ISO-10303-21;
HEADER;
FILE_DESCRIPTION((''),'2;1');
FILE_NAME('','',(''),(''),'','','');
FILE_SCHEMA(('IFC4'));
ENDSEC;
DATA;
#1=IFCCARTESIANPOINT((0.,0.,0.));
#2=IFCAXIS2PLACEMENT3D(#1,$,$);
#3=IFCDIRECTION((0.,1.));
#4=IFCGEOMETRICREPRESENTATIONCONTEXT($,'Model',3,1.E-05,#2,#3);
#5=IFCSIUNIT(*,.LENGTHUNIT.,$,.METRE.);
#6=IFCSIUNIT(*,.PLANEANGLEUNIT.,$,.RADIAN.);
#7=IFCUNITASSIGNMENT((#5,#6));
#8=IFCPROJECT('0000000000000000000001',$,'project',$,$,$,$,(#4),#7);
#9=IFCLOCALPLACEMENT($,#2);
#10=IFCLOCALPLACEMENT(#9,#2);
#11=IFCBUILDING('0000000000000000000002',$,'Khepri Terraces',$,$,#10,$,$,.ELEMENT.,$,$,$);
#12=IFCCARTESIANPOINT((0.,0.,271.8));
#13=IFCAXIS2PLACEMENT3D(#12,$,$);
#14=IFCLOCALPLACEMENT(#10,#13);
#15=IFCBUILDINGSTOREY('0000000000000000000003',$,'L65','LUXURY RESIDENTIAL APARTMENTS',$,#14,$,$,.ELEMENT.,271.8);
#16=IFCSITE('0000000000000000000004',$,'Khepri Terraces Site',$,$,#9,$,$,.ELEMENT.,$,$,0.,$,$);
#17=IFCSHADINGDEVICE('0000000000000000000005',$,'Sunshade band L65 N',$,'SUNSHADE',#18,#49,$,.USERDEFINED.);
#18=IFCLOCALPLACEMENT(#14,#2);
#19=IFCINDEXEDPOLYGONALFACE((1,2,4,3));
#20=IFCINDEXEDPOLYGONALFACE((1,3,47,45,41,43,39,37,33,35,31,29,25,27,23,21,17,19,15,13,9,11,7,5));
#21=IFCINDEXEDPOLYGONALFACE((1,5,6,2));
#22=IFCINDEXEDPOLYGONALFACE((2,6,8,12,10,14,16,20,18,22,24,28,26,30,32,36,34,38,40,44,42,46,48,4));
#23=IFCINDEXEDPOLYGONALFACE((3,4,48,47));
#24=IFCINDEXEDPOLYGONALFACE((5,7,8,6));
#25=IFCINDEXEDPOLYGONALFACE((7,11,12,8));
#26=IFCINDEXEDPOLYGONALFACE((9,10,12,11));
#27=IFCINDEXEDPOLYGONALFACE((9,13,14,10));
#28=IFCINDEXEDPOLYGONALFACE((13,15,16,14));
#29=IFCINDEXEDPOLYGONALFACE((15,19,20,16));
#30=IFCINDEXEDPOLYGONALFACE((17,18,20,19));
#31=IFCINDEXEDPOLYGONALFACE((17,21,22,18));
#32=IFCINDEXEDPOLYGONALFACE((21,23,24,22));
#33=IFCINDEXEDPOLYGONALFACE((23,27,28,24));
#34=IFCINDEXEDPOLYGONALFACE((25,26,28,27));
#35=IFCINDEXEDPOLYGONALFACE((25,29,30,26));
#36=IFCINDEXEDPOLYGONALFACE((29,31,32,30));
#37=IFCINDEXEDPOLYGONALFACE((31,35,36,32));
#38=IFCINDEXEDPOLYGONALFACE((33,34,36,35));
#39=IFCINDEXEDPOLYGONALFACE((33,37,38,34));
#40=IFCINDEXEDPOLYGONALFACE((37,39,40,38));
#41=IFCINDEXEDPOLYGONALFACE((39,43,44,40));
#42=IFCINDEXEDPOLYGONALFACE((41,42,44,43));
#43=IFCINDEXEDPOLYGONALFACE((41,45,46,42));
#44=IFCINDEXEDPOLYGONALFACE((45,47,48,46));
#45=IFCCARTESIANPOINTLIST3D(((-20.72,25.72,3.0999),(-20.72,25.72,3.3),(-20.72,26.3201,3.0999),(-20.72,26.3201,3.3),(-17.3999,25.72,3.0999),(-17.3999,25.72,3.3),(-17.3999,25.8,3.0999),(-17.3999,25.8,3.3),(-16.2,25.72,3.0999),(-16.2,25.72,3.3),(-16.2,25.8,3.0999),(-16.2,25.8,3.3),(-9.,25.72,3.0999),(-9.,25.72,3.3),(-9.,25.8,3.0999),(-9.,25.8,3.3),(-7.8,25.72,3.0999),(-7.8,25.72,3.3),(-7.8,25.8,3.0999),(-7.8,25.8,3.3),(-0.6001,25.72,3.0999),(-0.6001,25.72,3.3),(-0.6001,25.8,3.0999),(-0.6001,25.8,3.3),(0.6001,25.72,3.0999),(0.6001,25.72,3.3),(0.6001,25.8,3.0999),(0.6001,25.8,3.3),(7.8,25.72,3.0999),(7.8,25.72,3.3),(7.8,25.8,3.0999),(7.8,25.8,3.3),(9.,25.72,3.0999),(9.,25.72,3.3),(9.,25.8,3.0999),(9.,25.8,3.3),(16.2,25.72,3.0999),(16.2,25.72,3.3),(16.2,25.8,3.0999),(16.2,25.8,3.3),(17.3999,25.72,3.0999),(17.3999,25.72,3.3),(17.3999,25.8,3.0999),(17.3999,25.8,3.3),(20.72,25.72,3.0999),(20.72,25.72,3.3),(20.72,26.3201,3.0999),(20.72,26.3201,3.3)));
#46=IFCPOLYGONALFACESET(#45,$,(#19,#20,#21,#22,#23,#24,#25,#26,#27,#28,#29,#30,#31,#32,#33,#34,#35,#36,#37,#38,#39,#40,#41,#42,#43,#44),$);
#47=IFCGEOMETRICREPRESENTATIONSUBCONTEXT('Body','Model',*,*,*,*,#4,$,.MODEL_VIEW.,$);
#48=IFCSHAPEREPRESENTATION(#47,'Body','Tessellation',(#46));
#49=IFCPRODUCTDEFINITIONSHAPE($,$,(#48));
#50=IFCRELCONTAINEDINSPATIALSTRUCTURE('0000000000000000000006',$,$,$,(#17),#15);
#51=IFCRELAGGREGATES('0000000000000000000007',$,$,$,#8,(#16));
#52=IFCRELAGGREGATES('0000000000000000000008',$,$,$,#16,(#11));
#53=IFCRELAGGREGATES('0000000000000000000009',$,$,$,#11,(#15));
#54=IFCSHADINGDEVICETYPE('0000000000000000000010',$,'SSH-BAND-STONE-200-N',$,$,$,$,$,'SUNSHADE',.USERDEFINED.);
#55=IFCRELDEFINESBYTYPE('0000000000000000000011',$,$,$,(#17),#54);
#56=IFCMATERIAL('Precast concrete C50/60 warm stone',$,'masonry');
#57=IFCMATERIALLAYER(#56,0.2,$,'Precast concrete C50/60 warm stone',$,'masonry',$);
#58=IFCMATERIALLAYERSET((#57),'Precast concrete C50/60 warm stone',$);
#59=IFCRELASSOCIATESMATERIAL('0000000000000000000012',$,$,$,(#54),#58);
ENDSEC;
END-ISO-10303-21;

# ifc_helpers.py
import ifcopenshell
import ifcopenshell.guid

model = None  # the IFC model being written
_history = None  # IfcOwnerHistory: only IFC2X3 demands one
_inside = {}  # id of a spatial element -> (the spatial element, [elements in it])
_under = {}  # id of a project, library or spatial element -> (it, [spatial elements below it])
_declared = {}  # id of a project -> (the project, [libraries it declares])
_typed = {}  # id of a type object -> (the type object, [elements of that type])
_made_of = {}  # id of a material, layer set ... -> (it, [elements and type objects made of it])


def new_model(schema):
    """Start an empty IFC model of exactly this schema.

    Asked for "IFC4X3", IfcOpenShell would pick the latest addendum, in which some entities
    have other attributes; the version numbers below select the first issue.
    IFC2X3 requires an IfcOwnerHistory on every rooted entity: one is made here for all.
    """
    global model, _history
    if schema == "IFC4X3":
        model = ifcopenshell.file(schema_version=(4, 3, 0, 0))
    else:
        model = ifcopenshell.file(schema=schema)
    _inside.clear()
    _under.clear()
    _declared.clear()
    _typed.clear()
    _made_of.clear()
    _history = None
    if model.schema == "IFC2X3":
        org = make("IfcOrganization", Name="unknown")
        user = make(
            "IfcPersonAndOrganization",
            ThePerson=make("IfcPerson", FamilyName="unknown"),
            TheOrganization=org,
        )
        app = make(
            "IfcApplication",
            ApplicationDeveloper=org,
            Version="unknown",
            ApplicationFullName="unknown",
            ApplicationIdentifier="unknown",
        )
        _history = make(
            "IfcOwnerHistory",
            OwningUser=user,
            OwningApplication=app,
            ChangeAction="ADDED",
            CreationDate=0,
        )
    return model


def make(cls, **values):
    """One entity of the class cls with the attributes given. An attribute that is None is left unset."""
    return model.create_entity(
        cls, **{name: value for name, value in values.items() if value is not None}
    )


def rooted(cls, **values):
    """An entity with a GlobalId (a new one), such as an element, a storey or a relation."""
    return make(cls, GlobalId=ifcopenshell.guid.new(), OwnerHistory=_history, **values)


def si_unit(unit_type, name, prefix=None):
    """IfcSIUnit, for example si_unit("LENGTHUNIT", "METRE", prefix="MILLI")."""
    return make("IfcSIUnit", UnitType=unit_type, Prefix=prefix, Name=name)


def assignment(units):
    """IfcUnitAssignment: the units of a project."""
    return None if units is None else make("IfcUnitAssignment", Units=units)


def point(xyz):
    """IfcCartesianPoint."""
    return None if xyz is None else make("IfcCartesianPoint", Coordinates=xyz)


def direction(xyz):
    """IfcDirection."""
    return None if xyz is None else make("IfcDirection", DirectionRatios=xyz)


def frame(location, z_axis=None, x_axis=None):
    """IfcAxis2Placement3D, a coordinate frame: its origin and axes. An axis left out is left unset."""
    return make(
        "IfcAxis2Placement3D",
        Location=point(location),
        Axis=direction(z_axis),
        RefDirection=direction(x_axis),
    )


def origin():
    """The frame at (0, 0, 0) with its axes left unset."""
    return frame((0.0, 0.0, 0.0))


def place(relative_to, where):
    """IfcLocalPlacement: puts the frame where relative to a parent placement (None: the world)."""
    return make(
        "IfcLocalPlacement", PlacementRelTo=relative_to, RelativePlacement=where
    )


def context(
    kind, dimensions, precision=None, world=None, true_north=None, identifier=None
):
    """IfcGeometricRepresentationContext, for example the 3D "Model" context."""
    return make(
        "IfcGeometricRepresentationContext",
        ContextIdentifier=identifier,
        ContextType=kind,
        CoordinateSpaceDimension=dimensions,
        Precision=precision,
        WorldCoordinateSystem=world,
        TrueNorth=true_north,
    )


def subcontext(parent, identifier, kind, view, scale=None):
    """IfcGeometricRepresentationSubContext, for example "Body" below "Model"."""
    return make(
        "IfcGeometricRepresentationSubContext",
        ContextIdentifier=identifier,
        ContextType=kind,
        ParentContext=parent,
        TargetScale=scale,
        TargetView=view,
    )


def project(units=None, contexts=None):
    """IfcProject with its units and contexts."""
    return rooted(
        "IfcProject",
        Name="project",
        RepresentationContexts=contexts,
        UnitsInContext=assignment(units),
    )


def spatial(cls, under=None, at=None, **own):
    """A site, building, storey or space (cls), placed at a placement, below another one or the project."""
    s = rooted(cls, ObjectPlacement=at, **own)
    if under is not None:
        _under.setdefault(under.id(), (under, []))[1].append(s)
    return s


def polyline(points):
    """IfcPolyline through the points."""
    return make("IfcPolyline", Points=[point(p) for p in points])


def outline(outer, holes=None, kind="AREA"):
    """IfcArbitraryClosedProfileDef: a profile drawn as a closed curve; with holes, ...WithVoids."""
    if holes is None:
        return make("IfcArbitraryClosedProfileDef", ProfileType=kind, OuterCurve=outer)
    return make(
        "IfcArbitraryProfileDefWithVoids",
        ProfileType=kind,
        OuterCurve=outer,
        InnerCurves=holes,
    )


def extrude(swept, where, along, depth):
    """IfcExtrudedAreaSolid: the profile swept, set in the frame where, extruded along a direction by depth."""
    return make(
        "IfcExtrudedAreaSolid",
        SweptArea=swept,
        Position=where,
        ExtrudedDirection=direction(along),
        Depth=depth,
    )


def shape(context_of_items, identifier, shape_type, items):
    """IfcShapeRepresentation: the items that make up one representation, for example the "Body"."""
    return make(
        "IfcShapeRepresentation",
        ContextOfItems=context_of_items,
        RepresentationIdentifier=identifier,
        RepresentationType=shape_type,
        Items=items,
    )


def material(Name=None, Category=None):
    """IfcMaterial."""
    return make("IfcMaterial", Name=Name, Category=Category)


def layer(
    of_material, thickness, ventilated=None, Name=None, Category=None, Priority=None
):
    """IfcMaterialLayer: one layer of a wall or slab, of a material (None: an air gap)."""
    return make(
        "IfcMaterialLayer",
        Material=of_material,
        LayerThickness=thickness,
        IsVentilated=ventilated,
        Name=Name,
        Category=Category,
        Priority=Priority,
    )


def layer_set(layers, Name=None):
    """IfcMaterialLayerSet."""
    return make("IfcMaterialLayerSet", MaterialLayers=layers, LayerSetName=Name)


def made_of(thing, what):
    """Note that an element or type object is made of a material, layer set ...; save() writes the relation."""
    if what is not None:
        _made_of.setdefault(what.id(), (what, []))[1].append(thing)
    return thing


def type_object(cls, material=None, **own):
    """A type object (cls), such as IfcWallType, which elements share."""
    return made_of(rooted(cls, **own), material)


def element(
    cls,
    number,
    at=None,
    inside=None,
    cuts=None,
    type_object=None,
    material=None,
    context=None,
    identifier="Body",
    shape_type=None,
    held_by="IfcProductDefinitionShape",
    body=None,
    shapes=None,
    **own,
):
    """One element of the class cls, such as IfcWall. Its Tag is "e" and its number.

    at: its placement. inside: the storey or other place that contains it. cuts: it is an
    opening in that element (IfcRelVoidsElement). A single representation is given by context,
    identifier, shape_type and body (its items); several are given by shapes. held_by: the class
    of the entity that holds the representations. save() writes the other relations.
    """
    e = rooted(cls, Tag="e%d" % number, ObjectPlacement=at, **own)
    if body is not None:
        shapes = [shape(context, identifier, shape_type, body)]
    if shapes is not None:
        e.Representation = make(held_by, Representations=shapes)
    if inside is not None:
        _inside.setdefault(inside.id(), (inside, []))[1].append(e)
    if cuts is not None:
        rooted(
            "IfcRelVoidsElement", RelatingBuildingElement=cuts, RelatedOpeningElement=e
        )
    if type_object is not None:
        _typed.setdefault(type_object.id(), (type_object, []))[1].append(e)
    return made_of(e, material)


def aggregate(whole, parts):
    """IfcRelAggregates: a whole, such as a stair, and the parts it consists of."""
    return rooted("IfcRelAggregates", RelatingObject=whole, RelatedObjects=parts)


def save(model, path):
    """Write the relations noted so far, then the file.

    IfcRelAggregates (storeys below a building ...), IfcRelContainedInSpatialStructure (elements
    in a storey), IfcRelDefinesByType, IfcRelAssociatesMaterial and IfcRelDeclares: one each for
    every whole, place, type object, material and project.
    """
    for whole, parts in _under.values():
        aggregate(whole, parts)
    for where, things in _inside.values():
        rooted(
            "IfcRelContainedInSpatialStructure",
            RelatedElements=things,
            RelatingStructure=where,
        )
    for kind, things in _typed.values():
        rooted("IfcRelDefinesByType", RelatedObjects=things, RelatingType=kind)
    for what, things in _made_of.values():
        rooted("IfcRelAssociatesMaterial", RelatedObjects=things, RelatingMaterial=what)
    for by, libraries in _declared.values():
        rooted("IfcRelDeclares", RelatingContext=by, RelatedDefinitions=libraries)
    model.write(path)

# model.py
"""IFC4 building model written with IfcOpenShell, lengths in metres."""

from ifc_helpers import new_model, si_unit, direction, frame, origin, place, context, subcontext, project, spatial, polyline, outline, extrude, material, layer, layer_set, type_object, element, save


model = new_model("IFC4")

# Units and contexts
model_context = context("Model", 3, precision=1e-05, world=origin(), true_north=direction((0.0, 1.0)))
body_context = subcontext(model_context, "Body", "Model", "MODEL_VIEW")
ifc_project = project(units=[si_unit("LENGTHUNIT", "METRE"), si_unit("PLANEANGLEUNIT", "RADIAN")], contexts=[model_context])

# Site, building, storey
site_placement = place(None, origin())
site = spatial("IfcSite", under=ifc_project, at=site_placement, Name="Khepri Terraces Site", CompositionType="ELEMENT", RefElevation=0.0)
building_placement = place(site_placement, origin())
building = spatial("IfcBuilding", under=site, at=building_placement, Name="Khepri Terraces", CompositionType="ELEMENT")
storey_placement = place(building_placement, frame((0.0, 0.0, 271.8)))
storey = spatial("IfcBuildingStorey", under=building, at=storey_placement, Name="L65", Description="LUXURY RESIDENTIAL APARTMENTS", CompositionType="ELEMENT", Elevation=271.8)

# Shading device
ifc_material_1 = material(Name="Precast concrete C50/60 warm stone", Category="masonry")
ifc_layer_1 = layer(ifc_material_1, 0.2, Name="Precast concrete C50/60 warm stone", Category="masonry")
ifc_layer_set_1 = layer_set([ifc_layer_1], Name="Precast concrete C50/60 warm stone")
shading_device_type_1 = type_object("IfcShadingDeviceType", Name="SSH-BAND-STONE-200-N", ElementType="SUNSHADE", PredefinedType="USERDEFINED", material=ifc_layer_set_1)
shading_device_1_placement = place(storey_placement, frame((0.0, 0.0, 3.0999)))
element("IfcShadingDevice", 1, at=shading_device_1_placement, inside=storey, type_object=shading_device_type_1, Name="Sunshade band L65 N", ObjectType="SUNSHADE", PredefinedType="USERDEFINED", context=body_context, shape_type="SweptSolid", body=[
    extrude(outline(polyline([(17.3999, 25.72), (20.72, 25.72), (20.72, 26.3201), (-20.72, 26.3201), (-20.72, 25.72), (-17.3999, 25.72), (-17.3999, 25.8), (-16.2, 25.8), (-16.2, 25.72), (-9.0, 25.72), (-9.0, 25.8), (-7.8, 25.8), (-7.8, 25.72), (-0.6001, 25.72), (-0.6001, 25.8), (0.6001, 25.8), (0.6001, 25.72), (7.8, 25.72), (7.8, 25.8), (9.0, 25.8), (9.0, 25.72), (16.2, 25.72), (16.2, 25.8), (17.3999, 25.8), (17.3999, 25.72)])), origin(), (0.0, 0.0, 1.0), 0.2002),
])

save(model, "model.ifc")
